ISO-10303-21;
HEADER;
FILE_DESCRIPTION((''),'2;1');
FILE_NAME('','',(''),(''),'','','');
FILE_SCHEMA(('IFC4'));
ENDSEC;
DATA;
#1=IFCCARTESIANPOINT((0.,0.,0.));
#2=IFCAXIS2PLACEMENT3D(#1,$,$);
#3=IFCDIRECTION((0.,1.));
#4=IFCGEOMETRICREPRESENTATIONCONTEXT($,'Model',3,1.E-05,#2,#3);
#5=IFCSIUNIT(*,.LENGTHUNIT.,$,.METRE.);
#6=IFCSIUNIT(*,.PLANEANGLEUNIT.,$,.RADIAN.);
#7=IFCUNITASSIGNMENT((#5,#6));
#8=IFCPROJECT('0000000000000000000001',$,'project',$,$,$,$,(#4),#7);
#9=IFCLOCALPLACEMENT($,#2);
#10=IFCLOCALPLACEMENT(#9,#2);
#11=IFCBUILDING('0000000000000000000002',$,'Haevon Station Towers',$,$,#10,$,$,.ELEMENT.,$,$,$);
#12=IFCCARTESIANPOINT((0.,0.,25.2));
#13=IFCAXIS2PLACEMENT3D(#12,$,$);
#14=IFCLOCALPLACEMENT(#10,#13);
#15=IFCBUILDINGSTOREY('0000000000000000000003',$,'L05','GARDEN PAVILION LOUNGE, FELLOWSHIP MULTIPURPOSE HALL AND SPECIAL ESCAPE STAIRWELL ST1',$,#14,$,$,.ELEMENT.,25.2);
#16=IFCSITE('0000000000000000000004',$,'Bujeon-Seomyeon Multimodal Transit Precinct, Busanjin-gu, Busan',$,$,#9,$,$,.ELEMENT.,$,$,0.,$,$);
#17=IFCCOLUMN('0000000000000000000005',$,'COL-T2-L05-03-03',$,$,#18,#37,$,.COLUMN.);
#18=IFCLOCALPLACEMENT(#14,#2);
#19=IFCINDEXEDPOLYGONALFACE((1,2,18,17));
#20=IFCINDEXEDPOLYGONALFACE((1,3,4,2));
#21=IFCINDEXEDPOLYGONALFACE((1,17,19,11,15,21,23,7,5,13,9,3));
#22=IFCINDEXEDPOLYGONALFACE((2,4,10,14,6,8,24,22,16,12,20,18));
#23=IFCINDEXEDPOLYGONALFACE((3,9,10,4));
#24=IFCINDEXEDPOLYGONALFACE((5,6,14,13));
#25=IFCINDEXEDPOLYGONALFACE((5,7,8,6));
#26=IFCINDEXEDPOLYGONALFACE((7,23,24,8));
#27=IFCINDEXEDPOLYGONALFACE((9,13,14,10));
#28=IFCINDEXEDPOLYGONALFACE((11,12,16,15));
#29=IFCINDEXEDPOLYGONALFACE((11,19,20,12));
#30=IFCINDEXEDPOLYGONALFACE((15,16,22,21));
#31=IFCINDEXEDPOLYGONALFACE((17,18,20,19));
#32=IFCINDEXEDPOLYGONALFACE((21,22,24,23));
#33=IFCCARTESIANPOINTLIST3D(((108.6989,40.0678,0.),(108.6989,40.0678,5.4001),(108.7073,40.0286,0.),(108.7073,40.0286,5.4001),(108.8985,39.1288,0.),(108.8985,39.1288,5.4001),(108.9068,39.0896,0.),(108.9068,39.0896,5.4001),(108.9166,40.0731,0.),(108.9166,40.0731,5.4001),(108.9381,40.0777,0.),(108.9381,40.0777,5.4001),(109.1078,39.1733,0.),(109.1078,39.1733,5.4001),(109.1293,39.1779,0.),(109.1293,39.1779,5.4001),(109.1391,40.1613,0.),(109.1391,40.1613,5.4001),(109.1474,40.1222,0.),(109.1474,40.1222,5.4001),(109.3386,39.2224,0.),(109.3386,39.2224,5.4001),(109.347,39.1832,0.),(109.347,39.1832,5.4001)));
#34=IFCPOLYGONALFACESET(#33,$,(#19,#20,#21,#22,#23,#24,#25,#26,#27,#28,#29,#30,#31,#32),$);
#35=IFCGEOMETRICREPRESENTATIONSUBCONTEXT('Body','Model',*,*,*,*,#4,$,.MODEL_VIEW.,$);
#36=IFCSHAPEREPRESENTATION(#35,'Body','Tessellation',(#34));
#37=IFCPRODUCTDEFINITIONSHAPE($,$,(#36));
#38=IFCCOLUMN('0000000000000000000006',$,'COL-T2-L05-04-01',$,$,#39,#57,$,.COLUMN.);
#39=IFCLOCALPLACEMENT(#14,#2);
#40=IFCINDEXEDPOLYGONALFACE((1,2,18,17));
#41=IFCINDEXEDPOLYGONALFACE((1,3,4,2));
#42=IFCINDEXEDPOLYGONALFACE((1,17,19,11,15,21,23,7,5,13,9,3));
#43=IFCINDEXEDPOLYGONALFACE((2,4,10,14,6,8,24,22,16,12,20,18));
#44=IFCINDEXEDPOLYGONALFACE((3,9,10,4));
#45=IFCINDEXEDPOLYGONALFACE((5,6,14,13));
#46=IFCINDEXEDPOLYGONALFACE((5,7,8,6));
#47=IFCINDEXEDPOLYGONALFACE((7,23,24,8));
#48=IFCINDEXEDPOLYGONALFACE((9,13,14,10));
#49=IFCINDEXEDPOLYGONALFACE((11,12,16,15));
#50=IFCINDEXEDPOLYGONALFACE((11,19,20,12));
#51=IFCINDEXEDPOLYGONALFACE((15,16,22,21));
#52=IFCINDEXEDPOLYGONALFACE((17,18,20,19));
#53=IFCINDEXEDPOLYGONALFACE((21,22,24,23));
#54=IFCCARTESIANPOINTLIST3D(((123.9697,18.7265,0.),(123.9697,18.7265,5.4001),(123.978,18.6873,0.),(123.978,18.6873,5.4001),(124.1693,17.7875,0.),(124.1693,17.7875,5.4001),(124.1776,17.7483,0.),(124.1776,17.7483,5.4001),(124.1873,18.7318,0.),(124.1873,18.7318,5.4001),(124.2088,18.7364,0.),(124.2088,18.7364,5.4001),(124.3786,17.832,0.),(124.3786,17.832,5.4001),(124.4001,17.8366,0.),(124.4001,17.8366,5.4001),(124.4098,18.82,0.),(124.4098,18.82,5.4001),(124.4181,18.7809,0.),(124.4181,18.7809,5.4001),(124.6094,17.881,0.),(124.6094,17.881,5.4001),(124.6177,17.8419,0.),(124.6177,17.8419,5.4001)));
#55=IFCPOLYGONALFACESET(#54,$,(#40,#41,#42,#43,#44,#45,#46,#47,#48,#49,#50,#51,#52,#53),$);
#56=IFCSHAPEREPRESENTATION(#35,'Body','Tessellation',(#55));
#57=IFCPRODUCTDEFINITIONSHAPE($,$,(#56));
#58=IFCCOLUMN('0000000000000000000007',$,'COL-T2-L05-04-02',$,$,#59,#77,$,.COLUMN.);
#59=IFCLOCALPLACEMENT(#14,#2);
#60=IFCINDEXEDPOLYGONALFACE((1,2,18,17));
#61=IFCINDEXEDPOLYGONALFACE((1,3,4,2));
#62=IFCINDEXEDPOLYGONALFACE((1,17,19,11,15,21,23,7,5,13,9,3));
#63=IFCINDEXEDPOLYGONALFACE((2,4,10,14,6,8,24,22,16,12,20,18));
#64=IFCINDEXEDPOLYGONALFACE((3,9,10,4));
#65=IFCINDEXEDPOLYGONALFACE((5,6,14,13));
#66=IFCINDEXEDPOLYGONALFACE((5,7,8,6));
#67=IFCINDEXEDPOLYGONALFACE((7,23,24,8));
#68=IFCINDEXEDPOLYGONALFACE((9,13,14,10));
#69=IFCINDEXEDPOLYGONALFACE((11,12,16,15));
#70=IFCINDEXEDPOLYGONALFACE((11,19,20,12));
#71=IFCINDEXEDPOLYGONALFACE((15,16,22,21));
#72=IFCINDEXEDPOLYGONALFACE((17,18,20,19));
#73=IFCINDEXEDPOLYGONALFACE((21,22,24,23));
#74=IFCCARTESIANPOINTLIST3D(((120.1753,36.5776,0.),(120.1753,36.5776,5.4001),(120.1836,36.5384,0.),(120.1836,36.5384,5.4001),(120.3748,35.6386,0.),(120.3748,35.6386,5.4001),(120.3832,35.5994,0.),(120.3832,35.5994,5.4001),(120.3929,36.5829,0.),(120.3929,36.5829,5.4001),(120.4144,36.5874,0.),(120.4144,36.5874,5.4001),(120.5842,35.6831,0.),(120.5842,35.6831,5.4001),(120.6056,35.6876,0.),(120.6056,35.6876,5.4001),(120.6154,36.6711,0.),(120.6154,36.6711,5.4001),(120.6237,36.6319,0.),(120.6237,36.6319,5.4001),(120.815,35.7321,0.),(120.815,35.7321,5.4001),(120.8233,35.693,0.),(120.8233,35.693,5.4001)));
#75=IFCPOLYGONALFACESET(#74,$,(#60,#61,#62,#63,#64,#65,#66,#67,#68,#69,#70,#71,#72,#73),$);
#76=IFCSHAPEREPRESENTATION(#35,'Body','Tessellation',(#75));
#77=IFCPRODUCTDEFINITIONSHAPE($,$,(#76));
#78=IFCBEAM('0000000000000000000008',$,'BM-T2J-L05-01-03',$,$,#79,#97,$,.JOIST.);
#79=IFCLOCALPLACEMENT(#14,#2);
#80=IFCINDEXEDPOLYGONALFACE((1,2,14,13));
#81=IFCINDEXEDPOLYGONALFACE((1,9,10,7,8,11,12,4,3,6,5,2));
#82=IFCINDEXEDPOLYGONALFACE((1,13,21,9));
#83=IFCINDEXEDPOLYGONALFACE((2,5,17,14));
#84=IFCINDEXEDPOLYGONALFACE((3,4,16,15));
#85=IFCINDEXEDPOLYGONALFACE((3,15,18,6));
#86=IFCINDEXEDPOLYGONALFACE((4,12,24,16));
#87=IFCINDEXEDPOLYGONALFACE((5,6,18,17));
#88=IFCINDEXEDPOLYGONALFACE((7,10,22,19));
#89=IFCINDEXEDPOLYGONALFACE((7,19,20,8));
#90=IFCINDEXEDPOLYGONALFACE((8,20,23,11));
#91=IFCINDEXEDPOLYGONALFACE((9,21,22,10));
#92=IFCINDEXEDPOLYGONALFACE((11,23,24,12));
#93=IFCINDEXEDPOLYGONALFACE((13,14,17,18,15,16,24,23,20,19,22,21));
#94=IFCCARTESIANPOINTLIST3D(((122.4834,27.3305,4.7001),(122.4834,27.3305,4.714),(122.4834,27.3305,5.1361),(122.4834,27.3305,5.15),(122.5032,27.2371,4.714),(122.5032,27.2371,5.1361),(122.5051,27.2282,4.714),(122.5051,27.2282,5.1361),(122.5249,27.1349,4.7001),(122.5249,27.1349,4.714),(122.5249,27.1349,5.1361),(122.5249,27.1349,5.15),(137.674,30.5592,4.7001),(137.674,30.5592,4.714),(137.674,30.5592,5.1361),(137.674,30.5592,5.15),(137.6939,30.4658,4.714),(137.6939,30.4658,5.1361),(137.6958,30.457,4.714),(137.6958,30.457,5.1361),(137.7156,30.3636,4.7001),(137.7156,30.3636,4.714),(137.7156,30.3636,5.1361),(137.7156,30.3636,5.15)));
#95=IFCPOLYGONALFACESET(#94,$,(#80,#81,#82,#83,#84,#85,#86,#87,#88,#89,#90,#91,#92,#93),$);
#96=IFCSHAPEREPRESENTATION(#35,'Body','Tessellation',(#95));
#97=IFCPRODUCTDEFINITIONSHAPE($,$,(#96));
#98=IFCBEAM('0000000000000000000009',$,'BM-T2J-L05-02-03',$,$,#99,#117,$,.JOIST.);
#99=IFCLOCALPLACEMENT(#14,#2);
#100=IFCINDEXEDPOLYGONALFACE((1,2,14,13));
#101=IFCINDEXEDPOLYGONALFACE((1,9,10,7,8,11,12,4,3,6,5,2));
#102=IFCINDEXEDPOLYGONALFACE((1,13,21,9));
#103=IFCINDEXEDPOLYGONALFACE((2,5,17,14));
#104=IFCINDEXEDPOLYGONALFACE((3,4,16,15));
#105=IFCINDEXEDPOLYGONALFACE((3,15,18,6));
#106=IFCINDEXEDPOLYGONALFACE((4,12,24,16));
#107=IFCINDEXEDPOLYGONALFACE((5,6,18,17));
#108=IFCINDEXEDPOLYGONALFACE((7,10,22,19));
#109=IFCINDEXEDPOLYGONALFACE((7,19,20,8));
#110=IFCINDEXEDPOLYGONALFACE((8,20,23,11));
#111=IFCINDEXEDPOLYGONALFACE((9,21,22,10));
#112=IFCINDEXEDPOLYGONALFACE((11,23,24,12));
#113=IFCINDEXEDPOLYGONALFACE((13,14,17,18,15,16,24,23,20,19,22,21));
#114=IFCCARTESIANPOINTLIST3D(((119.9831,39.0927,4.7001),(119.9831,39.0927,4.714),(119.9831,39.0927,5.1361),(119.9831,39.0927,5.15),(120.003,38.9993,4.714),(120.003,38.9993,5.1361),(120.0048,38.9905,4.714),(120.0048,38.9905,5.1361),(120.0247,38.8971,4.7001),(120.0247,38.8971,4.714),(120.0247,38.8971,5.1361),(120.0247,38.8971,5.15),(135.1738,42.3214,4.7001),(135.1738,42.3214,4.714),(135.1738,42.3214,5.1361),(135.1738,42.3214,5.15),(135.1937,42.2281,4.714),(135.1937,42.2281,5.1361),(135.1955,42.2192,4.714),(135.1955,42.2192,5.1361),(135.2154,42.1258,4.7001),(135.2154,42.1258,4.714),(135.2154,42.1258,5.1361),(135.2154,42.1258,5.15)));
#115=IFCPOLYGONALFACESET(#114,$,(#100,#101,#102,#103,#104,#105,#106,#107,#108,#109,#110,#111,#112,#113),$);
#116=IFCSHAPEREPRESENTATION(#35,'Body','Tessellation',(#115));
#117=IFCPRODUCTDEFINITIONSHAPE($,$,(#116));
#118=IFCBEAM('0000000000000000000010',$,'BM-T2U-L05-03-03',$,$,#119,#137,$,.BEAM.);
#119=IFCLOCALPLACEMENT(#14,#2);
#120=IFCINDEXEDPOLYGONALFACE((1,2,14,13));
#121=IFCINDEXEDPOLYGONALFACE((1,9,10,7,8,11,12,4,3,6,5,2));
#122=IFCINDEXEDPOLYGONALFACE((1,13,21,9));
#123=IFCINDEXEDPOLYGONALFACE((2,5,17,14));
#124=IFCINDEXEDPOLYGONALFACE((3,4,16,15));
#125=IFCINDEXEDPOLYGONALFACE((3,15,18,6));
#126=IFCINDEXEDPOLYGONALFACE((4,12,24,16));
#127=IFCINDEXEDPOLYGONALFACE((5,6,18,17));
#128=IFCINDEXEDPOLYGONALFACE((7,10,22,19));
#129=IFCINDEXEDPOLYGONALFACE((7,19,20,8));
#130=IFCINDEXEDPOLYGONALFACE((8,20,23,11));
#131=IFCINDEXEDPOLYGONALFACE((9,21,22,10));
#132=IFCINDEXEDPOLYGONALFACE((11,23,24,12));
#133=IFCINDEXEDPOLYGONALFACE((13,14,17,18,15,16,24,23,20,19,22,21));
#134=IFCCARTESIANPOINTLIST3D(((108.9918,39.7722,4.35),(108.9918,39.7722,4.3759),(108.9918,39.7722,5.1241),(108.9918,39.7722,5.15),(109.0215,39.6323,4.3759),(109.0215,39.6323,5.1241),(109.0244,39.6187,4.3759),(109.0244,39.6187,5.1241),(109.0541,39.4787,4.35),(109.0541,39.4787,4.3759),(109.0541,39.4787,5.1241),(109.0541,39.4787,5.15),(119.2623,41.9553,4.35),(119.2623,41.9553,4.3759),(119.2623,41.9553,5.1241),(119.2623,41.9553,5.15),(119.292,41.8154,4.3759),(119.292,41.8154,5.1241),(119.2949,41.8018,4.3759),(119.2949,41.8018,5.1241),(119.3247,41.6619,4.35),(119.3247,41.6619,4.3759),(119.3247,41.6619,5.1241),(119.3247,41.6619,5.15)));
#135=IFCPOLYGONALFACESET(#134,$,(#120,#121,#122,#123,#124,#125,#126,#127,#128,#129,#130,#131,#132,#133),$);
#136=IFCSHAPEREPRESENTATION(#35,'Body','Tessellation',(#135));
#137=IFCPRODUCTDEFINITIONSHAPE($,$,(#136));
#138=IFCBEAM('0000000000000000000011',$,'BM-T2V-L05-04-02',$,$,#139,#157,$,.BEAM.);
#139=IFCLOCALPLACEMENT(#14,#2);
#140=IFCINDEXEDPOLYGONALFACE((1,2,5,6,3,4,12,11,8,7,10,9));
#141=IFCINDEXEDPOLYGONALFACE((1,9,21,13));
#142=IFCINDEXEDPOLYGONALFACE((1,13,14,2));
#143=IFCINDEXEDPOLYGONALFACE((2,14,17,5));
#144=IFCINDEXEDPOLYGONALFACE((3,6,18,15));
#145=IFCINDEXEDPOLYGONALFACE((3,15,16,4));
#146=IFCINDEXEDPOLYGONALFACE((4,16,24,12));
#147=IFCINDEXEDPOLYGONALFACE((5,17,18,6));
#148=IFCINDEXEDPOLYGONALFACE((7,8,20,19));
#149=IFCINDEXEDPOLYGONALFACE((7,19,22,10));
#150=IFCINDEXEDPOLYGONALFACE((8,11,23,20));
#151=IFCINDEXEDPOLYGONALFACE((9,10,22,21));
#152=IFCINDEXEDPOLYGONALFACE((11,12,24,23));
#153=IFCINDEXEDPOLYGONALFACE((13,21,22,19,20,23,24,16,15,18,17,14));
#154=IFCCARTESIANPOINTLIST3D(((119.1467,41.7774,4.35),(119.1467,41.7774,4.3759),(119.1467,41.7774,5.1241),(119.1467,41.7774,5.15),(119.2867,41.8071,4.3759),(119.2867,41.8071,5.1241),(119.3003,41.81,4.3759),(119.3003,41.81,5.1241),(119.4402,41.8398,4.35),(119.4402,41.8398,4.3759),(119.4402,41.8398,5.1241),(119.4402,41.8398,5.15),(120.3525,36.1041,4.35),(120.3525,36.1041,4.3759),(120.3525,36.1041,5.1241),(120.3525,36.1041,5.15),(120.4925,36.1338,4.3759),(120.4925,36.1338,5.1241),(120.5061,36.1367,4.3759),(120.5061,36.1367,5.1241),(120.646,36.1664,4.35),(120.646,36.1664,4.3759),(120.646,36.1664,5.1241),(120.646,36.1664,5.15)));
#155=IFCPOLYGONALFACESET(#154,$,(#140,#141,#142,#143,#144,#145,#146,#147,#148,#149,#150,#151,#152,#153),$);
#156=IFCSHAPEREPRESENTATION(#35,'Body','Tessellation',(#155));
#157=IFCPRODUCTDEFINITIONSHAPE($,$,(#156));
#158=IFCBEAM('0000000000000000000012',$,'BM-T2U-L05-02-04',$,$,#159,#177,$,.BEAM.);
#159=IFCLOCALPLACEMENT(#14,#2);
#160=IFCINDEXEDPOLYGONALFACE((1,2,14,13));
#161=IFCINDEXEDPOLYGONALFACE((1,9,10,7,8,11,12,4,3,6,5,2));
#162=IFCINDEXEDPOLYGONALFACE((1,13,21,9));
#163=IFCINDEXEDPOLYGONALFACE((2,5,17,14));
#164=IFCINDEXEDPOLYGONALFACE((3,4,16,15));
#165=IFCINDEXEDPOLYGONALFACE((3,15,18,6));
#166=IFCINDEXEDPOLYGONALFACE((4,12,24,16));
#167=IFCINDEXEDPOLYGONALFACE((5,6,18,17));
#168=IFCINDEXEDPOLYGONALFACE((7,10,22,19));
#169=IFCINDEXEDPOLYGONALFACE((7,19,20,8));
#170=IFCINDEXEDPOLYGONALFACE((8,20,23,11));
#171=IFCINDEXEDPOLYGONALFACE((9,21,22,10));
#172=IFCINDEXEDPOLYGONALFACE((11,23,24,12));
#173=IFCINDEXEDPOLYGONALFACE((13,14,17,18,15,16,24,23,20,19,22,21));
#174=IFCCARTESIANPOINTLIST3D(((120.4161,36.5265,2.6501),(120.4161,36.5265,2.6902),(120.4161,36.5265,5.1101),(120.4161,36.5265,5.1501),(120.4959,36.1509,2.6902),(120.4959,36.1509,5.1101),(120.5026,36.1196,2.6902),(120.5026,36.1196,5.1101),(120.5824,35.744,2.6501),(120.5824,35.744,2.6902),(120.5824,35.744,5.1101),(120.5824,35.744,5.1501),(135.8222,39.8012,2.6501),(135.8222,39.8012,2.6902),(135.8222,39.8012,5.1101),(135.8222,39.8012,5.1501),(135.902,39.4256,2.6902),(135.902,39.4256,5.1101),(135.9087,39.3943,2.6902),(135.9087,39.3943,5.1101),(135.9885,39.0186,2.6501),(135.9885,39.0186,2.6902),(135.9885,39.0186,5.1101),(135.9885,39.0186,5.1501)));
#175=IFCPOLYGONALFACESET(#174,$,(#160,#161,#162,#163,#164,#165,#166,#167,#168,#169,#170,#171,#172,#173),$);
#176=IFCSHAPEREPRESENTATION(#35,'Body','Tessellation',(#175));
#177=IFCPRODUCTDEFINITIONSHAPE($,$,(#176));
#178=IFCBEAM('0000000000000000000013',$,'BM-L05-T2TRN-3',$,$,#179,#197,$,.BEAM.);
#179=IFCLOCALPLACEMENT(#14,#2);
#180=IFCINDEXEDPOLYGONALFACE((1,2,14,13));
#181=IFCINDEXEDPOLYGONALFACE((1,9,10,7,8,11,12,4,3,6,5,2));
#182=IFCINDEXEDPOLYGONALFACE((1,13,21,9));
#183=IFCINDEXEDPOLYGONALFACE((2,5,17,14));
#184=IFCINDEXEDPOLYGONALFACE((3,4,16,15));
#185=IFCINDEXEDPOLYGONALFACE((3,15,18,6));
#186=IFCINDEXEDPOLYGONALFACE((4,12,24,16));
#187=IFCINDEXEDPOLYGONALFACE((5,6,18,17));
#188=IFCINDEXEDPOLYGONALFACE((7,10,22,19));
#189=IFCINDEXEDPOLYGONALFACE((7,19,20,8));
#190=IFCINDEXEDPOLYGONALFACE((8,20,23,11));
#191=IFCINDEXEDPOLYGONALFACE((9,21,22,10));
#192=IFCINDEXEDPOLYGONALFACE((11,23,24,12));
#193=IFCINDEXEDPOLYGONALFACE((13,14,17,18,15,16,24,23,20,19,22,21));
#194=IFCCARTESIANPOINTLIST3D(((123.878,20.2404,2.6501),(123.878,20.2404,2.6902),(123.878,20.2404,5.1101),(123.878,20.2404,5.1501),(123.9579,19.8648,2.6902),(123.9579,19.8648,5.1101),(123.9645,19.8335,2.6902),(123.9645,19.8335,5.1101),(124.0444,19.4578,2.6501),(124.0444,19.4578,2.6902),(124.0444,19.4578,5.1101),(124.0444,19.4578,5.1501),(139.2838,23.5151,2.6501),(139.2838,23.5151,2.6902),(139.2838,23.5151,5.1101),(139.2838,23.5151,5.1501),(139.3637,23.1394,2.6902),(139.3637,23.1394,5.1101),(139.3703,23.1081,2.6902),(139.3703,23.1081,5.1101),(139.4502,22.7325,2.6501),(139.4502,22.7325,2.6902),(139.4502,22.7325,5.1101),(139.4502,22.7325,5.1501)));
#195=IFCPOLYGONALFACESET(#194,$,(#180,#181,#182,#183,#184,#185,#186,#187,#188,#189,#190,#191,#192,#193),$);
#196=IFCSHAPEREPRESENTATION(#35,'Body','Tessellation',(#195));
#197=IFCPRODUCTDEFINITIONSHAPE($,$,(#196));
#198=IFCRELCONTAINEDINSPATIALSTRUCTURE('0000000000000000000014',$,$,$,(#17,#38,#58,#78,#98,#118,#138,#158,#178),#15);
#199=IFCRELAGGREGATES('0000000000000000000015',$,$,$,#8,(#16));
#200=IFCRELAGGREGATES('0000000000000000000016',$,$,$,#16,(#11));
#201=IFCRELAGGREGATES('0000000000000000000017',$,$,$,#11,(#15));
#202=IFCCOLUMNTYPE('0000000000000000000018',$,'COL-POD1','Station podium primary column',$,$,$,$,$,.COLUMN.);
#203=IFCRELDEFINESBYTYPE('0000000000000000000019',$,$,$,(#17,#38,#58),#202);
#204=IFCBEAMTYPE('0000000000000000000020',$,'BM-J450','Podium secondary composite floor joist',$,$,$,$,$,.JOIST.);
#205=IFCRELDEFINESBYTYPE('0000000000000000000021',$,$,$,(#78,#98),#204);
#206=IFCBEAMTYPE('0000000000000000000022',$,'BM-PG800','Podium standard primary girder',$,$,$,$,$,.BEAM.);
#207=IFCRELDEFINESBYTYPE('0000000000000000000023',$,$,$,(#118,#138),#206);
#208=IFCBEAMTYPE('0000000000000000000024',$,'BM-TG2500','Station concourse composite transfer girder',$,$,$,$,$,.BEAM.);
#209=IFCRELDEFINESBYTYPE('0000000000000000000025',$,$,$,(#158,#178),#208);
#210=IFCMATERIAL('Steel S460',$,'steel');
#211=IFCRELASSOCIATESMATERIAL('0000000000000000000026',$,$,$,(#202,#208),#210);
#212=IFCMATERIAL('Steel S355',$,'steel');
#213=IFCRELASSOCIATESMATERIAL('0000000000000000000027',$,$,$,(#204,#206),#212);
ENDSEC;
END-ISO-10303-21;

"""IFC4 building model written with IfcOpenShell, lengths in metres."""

from ifc_helpers import new_model, si_unit, direction, frame, origin, origin_2d, place, context, subcontext, project, spatial, i_section, extrude, material, material_profile, profile_set, type_object, element, save


model = new_model("IFC4")

# Units and contexts
model_context = context("Model", 3, precision=1e-05, world=origin(), true_north=direction((0.0, 1.0)))
body_context = subcontext(model_context, "Body", "Model", "MODEL_VIEW")
ifc_project = project(units=[si_unit("LENGTHUNIT", "METRE"), si_unit("PLANEANGLEUNIT", "RADIAN")], contexts=[model_context])

# Site, building, storey
site_placement = place(None, origin())
site = spatial("IfcSite", under=ifc_project, at=site_placement, Name="Bujeon-Seomyeon Multimodal Transit Precinct, Busanjin-gu, Busan", CompositionType="ELEMENT", RefElevation=0.0)
building_placement = place(site_placement, origin())
building = spatial("IfcBuilding", under=site, at=building_placement, Name="Haevon Station Towers", CompositionType="ELEMENT")
storey_placement = place(building_placement, frame((0.0, 0.0, 25.2)))
storey = spatial("IfcBuildingStorey", under=building, at=storey_placement, Name="L05", Description="GARDEN PAVILION LOUNGE, FELLOWSHIP MULTIPURPOSE HALL AND SPECIAL ESCAPE STAIRWELL ST1", CompositionType="ELEMENT", Elevation=25.2)

# Columns
ifc_material_1 = material(Name="Steel S460", Category="steel")
ifc_material_profile_1 = material_profile(ifc_material_1, i_section(OverallWidth=0.45, OverallDepth=1.0, WebThickness=0.022, FlangeThickness=0.04, at=origin_2d()), Name="H-1000x450x22x40")
ifc_profile_set_1 = profile_set([ifc_material_profile_1], Name="Steel S460")
column_type = type_object("IfcColumnType", Name="COL-POD1", Description="Station podium primary column", PredefinedType="COLUMN", material=ifc_profile_set_1)
for number, where, z_axis, x_axis, name in (
    (1, (109.0229, 39.6255, 0.0), (0.0, 0.0, 1.0), (0.978148, 0.207912, 0.0), "COL-T2-L05-03-03"),
    (2, (124.2937, 18.2842, 0.0), (0.0, 0.0, 1.0), (0.978148, 0.207912, 0.0), "COL-T2-L05-04-01"),
    (3, (120.4993, 36.1353, 0.0), (0.0, 0.0, 1.0), (0.978148, 0.207912, 0.0), "COL-T2-L05-04-02"),
):
    element("IfcColumn", number, at=place(storey_placement, frame(where, z_axis=z_axis, x_axis=x_axis)), inside=storey, type_object=column_type, Name=name, PredefinedType="COLUMN", context=body_context, shape_type="SweptSolid", body=[
        extrude(i_section(OverallWidth=0.45, OverallDepth=1.0, WebThickness=0.022, FlangeThickness=0.04, at=origin_2d()), origin(), (0.0, 0.0, 1.0), 5.4001),
    ])

# Beams
ifc_material_2 = material(Name="Steel S355", Category="steel")
ifc_material_profile_2 = material_profile(ifc_material_2, i_section(OverallWidth=0.2, OverallDepth=0.45, WebThickness=0.009, FlangeThickness=0.0139, at=origin_2d()), Name="H-450x200x9x14")
ifc_profile_set_2 = profile_set([ifc_material_profile_2], Name="Steel S355")
beam_type_1 = type_object("IfcBeamType", Name="BM-J450", Description="Podium secondary composite floor joist", PredefinedType="JOIST", material=ifc_profile_set_2)
for number, where, z_axis, x_axis, name in (
    (4, (122.5042, 27.2327, 4.925), (0.978149, 0.207904, 0.0), (-0.207904, 0.978149, 0.0), "BM-T2J-L05-01-03"),
    (5, (120.0039, 38.9949, 4.925), (0.978149, 0.207904, 0.0), (-0.207904, 0.978149, 0.0), "BM-T2J-L05-02-03"),
):
    element("IfcBeam", number, at=place(storey_placement, frame(where, z_axis=z_axis, x_axis=x_axis)), inside=storey, type_object=beam_type_1, Name=name, PredefinedType="JOIST", context=body_context, shape_type="SweptSolid", body=[
        extrude(i_section(OverallWidth=0.2, OverallDepth=0.45, WebThickness=0.009, FlangeThickness=0.0139, at=origin_2d()), origin(), (0.0, 0.0, 1.0), 15.53),
    ])
ifc_material_profile_3 = material_profile(ifc_material_2, i_section(OverallWidth=0.3, OverallDepth=0.8, WebThickness=0.0139, FlangeThickness=0.0259, at=origin_2d()), Name="H-800x300x14x26")
ifc_profile_set_3 = profile_set([ifc_material_profile_3], Name="Steel S355")
beam_type_2 = type_object("IfcBeamType", Name="BM-PG800", Description="Podium standard primary girder", PredefinedType="BEAM", material=ifc_profile_set_3)
beam_1_placement = place(storey_placement, frame((109.0229, 39.6255, 4.75), z_axis=(0.978147, 0.207915, 0.0), x_axis=(-0.207915, 0.978147, 0.0)))
element("IfcBeam", 6, at=beam_1_placement, inside=storey, type_object=beam_type_2, Name="BM-T2U-L05-03-03", PredefinedType="BEAM", context=body_context, shape_type="SweptSolid", body=[
    extrude(i_section(OverallWidth=0.3, OverallDepth=0.8, WebThickness=0.0139, FlangeThickness=0.0259, at=origin_2d()), origin(), (0.0, 0.0, 1.0), 10.5),
])
beam_2_placement = place(storey_placement, frame((120.4993, 36.1353, 4.75), z_axis=(-0.207896, 0.978151, 0.0), x_axis=(-0.978151, -0.207896, 0.0)))
element("IfcBeam", 7, at=beam_2_placement, inside=storey, type_object=beam_type_2, Name="BM-T2V-L05-04-02", PredefinedType="BEAM", context=body_context, shape_type="SweptSolid", body=[
    extrude(i_section(OverallWidth=0.3, OverallDepth=0.8, WebThickness=0.0139, FlangeThickness=0.0259, at=origin_2d()), origin(), (0.0, 0.0, 1.0), 5.8),
])
ifc_material_profile_4 = material_profile(ifc_material_1, i_section(OverallWidth=0.8, OverallDepth=2.5, WebThickness=0.032, FlangeThickness=0.04, at=origin_2d()), Name="H-2500x800x32x40")
ifc_profile_set_4 = profile_set([ifc_material_profile_4], Name="Steel S460")
beam_type_3 = type_object("IfcBeamType", Name="BM-TG2500", Description="Station concourse composite transfer girder", PredefinedType="BEAM", material=ifc_profile_set_4)
beam_3_placement = place(storey_placement, frame((120.4993, 36.1353, 3.9001), z_axis=(0.978147, 0.207912, 0.0), x_axis=(-0.207912, 0.978147, 0.0)))
element("IfcBeam", 8, at=beam_3_placement, inside=storey, type_object=beam_type_3, Name="BM-T2U-L05-02-04", PredefinedType="BEAM", context=body_context, shape_type="SweptSolid", body=[
    extrude(i_section(OverallWidth=0.8, OverallDepth=2.5, WebThickness=0.032, FlangeThickness=0.04, at=origin_2d()), origin(), (0.0, 0.0, 1.0), 15.7502),
])
beam_4_placement = place(storey_placement, frame((123.9612, 19.8491, 3.9001), z_axis=(0.978147, 0.207915, 0.0), x_axis=(-0.207915, 0.978147, 0.0)))
element("IfcBeam", 9, at=beam_4_placement, inside=storey, type_object=beam_type_3, Name="BM-L05-T2TRN-3", PredefinedType="BEAM", context=body_context, shape_type="SweptSolid", body=[
    extrude(i_section(OverallWidth=0.8, OverallDepth=2.5, WebThickness=0.032, FlangeThickness=0.04, at=origin_2d()), origin(), (0.0, 0.0, 1.0), 15.75),
])

save(model, "model.ifc")
